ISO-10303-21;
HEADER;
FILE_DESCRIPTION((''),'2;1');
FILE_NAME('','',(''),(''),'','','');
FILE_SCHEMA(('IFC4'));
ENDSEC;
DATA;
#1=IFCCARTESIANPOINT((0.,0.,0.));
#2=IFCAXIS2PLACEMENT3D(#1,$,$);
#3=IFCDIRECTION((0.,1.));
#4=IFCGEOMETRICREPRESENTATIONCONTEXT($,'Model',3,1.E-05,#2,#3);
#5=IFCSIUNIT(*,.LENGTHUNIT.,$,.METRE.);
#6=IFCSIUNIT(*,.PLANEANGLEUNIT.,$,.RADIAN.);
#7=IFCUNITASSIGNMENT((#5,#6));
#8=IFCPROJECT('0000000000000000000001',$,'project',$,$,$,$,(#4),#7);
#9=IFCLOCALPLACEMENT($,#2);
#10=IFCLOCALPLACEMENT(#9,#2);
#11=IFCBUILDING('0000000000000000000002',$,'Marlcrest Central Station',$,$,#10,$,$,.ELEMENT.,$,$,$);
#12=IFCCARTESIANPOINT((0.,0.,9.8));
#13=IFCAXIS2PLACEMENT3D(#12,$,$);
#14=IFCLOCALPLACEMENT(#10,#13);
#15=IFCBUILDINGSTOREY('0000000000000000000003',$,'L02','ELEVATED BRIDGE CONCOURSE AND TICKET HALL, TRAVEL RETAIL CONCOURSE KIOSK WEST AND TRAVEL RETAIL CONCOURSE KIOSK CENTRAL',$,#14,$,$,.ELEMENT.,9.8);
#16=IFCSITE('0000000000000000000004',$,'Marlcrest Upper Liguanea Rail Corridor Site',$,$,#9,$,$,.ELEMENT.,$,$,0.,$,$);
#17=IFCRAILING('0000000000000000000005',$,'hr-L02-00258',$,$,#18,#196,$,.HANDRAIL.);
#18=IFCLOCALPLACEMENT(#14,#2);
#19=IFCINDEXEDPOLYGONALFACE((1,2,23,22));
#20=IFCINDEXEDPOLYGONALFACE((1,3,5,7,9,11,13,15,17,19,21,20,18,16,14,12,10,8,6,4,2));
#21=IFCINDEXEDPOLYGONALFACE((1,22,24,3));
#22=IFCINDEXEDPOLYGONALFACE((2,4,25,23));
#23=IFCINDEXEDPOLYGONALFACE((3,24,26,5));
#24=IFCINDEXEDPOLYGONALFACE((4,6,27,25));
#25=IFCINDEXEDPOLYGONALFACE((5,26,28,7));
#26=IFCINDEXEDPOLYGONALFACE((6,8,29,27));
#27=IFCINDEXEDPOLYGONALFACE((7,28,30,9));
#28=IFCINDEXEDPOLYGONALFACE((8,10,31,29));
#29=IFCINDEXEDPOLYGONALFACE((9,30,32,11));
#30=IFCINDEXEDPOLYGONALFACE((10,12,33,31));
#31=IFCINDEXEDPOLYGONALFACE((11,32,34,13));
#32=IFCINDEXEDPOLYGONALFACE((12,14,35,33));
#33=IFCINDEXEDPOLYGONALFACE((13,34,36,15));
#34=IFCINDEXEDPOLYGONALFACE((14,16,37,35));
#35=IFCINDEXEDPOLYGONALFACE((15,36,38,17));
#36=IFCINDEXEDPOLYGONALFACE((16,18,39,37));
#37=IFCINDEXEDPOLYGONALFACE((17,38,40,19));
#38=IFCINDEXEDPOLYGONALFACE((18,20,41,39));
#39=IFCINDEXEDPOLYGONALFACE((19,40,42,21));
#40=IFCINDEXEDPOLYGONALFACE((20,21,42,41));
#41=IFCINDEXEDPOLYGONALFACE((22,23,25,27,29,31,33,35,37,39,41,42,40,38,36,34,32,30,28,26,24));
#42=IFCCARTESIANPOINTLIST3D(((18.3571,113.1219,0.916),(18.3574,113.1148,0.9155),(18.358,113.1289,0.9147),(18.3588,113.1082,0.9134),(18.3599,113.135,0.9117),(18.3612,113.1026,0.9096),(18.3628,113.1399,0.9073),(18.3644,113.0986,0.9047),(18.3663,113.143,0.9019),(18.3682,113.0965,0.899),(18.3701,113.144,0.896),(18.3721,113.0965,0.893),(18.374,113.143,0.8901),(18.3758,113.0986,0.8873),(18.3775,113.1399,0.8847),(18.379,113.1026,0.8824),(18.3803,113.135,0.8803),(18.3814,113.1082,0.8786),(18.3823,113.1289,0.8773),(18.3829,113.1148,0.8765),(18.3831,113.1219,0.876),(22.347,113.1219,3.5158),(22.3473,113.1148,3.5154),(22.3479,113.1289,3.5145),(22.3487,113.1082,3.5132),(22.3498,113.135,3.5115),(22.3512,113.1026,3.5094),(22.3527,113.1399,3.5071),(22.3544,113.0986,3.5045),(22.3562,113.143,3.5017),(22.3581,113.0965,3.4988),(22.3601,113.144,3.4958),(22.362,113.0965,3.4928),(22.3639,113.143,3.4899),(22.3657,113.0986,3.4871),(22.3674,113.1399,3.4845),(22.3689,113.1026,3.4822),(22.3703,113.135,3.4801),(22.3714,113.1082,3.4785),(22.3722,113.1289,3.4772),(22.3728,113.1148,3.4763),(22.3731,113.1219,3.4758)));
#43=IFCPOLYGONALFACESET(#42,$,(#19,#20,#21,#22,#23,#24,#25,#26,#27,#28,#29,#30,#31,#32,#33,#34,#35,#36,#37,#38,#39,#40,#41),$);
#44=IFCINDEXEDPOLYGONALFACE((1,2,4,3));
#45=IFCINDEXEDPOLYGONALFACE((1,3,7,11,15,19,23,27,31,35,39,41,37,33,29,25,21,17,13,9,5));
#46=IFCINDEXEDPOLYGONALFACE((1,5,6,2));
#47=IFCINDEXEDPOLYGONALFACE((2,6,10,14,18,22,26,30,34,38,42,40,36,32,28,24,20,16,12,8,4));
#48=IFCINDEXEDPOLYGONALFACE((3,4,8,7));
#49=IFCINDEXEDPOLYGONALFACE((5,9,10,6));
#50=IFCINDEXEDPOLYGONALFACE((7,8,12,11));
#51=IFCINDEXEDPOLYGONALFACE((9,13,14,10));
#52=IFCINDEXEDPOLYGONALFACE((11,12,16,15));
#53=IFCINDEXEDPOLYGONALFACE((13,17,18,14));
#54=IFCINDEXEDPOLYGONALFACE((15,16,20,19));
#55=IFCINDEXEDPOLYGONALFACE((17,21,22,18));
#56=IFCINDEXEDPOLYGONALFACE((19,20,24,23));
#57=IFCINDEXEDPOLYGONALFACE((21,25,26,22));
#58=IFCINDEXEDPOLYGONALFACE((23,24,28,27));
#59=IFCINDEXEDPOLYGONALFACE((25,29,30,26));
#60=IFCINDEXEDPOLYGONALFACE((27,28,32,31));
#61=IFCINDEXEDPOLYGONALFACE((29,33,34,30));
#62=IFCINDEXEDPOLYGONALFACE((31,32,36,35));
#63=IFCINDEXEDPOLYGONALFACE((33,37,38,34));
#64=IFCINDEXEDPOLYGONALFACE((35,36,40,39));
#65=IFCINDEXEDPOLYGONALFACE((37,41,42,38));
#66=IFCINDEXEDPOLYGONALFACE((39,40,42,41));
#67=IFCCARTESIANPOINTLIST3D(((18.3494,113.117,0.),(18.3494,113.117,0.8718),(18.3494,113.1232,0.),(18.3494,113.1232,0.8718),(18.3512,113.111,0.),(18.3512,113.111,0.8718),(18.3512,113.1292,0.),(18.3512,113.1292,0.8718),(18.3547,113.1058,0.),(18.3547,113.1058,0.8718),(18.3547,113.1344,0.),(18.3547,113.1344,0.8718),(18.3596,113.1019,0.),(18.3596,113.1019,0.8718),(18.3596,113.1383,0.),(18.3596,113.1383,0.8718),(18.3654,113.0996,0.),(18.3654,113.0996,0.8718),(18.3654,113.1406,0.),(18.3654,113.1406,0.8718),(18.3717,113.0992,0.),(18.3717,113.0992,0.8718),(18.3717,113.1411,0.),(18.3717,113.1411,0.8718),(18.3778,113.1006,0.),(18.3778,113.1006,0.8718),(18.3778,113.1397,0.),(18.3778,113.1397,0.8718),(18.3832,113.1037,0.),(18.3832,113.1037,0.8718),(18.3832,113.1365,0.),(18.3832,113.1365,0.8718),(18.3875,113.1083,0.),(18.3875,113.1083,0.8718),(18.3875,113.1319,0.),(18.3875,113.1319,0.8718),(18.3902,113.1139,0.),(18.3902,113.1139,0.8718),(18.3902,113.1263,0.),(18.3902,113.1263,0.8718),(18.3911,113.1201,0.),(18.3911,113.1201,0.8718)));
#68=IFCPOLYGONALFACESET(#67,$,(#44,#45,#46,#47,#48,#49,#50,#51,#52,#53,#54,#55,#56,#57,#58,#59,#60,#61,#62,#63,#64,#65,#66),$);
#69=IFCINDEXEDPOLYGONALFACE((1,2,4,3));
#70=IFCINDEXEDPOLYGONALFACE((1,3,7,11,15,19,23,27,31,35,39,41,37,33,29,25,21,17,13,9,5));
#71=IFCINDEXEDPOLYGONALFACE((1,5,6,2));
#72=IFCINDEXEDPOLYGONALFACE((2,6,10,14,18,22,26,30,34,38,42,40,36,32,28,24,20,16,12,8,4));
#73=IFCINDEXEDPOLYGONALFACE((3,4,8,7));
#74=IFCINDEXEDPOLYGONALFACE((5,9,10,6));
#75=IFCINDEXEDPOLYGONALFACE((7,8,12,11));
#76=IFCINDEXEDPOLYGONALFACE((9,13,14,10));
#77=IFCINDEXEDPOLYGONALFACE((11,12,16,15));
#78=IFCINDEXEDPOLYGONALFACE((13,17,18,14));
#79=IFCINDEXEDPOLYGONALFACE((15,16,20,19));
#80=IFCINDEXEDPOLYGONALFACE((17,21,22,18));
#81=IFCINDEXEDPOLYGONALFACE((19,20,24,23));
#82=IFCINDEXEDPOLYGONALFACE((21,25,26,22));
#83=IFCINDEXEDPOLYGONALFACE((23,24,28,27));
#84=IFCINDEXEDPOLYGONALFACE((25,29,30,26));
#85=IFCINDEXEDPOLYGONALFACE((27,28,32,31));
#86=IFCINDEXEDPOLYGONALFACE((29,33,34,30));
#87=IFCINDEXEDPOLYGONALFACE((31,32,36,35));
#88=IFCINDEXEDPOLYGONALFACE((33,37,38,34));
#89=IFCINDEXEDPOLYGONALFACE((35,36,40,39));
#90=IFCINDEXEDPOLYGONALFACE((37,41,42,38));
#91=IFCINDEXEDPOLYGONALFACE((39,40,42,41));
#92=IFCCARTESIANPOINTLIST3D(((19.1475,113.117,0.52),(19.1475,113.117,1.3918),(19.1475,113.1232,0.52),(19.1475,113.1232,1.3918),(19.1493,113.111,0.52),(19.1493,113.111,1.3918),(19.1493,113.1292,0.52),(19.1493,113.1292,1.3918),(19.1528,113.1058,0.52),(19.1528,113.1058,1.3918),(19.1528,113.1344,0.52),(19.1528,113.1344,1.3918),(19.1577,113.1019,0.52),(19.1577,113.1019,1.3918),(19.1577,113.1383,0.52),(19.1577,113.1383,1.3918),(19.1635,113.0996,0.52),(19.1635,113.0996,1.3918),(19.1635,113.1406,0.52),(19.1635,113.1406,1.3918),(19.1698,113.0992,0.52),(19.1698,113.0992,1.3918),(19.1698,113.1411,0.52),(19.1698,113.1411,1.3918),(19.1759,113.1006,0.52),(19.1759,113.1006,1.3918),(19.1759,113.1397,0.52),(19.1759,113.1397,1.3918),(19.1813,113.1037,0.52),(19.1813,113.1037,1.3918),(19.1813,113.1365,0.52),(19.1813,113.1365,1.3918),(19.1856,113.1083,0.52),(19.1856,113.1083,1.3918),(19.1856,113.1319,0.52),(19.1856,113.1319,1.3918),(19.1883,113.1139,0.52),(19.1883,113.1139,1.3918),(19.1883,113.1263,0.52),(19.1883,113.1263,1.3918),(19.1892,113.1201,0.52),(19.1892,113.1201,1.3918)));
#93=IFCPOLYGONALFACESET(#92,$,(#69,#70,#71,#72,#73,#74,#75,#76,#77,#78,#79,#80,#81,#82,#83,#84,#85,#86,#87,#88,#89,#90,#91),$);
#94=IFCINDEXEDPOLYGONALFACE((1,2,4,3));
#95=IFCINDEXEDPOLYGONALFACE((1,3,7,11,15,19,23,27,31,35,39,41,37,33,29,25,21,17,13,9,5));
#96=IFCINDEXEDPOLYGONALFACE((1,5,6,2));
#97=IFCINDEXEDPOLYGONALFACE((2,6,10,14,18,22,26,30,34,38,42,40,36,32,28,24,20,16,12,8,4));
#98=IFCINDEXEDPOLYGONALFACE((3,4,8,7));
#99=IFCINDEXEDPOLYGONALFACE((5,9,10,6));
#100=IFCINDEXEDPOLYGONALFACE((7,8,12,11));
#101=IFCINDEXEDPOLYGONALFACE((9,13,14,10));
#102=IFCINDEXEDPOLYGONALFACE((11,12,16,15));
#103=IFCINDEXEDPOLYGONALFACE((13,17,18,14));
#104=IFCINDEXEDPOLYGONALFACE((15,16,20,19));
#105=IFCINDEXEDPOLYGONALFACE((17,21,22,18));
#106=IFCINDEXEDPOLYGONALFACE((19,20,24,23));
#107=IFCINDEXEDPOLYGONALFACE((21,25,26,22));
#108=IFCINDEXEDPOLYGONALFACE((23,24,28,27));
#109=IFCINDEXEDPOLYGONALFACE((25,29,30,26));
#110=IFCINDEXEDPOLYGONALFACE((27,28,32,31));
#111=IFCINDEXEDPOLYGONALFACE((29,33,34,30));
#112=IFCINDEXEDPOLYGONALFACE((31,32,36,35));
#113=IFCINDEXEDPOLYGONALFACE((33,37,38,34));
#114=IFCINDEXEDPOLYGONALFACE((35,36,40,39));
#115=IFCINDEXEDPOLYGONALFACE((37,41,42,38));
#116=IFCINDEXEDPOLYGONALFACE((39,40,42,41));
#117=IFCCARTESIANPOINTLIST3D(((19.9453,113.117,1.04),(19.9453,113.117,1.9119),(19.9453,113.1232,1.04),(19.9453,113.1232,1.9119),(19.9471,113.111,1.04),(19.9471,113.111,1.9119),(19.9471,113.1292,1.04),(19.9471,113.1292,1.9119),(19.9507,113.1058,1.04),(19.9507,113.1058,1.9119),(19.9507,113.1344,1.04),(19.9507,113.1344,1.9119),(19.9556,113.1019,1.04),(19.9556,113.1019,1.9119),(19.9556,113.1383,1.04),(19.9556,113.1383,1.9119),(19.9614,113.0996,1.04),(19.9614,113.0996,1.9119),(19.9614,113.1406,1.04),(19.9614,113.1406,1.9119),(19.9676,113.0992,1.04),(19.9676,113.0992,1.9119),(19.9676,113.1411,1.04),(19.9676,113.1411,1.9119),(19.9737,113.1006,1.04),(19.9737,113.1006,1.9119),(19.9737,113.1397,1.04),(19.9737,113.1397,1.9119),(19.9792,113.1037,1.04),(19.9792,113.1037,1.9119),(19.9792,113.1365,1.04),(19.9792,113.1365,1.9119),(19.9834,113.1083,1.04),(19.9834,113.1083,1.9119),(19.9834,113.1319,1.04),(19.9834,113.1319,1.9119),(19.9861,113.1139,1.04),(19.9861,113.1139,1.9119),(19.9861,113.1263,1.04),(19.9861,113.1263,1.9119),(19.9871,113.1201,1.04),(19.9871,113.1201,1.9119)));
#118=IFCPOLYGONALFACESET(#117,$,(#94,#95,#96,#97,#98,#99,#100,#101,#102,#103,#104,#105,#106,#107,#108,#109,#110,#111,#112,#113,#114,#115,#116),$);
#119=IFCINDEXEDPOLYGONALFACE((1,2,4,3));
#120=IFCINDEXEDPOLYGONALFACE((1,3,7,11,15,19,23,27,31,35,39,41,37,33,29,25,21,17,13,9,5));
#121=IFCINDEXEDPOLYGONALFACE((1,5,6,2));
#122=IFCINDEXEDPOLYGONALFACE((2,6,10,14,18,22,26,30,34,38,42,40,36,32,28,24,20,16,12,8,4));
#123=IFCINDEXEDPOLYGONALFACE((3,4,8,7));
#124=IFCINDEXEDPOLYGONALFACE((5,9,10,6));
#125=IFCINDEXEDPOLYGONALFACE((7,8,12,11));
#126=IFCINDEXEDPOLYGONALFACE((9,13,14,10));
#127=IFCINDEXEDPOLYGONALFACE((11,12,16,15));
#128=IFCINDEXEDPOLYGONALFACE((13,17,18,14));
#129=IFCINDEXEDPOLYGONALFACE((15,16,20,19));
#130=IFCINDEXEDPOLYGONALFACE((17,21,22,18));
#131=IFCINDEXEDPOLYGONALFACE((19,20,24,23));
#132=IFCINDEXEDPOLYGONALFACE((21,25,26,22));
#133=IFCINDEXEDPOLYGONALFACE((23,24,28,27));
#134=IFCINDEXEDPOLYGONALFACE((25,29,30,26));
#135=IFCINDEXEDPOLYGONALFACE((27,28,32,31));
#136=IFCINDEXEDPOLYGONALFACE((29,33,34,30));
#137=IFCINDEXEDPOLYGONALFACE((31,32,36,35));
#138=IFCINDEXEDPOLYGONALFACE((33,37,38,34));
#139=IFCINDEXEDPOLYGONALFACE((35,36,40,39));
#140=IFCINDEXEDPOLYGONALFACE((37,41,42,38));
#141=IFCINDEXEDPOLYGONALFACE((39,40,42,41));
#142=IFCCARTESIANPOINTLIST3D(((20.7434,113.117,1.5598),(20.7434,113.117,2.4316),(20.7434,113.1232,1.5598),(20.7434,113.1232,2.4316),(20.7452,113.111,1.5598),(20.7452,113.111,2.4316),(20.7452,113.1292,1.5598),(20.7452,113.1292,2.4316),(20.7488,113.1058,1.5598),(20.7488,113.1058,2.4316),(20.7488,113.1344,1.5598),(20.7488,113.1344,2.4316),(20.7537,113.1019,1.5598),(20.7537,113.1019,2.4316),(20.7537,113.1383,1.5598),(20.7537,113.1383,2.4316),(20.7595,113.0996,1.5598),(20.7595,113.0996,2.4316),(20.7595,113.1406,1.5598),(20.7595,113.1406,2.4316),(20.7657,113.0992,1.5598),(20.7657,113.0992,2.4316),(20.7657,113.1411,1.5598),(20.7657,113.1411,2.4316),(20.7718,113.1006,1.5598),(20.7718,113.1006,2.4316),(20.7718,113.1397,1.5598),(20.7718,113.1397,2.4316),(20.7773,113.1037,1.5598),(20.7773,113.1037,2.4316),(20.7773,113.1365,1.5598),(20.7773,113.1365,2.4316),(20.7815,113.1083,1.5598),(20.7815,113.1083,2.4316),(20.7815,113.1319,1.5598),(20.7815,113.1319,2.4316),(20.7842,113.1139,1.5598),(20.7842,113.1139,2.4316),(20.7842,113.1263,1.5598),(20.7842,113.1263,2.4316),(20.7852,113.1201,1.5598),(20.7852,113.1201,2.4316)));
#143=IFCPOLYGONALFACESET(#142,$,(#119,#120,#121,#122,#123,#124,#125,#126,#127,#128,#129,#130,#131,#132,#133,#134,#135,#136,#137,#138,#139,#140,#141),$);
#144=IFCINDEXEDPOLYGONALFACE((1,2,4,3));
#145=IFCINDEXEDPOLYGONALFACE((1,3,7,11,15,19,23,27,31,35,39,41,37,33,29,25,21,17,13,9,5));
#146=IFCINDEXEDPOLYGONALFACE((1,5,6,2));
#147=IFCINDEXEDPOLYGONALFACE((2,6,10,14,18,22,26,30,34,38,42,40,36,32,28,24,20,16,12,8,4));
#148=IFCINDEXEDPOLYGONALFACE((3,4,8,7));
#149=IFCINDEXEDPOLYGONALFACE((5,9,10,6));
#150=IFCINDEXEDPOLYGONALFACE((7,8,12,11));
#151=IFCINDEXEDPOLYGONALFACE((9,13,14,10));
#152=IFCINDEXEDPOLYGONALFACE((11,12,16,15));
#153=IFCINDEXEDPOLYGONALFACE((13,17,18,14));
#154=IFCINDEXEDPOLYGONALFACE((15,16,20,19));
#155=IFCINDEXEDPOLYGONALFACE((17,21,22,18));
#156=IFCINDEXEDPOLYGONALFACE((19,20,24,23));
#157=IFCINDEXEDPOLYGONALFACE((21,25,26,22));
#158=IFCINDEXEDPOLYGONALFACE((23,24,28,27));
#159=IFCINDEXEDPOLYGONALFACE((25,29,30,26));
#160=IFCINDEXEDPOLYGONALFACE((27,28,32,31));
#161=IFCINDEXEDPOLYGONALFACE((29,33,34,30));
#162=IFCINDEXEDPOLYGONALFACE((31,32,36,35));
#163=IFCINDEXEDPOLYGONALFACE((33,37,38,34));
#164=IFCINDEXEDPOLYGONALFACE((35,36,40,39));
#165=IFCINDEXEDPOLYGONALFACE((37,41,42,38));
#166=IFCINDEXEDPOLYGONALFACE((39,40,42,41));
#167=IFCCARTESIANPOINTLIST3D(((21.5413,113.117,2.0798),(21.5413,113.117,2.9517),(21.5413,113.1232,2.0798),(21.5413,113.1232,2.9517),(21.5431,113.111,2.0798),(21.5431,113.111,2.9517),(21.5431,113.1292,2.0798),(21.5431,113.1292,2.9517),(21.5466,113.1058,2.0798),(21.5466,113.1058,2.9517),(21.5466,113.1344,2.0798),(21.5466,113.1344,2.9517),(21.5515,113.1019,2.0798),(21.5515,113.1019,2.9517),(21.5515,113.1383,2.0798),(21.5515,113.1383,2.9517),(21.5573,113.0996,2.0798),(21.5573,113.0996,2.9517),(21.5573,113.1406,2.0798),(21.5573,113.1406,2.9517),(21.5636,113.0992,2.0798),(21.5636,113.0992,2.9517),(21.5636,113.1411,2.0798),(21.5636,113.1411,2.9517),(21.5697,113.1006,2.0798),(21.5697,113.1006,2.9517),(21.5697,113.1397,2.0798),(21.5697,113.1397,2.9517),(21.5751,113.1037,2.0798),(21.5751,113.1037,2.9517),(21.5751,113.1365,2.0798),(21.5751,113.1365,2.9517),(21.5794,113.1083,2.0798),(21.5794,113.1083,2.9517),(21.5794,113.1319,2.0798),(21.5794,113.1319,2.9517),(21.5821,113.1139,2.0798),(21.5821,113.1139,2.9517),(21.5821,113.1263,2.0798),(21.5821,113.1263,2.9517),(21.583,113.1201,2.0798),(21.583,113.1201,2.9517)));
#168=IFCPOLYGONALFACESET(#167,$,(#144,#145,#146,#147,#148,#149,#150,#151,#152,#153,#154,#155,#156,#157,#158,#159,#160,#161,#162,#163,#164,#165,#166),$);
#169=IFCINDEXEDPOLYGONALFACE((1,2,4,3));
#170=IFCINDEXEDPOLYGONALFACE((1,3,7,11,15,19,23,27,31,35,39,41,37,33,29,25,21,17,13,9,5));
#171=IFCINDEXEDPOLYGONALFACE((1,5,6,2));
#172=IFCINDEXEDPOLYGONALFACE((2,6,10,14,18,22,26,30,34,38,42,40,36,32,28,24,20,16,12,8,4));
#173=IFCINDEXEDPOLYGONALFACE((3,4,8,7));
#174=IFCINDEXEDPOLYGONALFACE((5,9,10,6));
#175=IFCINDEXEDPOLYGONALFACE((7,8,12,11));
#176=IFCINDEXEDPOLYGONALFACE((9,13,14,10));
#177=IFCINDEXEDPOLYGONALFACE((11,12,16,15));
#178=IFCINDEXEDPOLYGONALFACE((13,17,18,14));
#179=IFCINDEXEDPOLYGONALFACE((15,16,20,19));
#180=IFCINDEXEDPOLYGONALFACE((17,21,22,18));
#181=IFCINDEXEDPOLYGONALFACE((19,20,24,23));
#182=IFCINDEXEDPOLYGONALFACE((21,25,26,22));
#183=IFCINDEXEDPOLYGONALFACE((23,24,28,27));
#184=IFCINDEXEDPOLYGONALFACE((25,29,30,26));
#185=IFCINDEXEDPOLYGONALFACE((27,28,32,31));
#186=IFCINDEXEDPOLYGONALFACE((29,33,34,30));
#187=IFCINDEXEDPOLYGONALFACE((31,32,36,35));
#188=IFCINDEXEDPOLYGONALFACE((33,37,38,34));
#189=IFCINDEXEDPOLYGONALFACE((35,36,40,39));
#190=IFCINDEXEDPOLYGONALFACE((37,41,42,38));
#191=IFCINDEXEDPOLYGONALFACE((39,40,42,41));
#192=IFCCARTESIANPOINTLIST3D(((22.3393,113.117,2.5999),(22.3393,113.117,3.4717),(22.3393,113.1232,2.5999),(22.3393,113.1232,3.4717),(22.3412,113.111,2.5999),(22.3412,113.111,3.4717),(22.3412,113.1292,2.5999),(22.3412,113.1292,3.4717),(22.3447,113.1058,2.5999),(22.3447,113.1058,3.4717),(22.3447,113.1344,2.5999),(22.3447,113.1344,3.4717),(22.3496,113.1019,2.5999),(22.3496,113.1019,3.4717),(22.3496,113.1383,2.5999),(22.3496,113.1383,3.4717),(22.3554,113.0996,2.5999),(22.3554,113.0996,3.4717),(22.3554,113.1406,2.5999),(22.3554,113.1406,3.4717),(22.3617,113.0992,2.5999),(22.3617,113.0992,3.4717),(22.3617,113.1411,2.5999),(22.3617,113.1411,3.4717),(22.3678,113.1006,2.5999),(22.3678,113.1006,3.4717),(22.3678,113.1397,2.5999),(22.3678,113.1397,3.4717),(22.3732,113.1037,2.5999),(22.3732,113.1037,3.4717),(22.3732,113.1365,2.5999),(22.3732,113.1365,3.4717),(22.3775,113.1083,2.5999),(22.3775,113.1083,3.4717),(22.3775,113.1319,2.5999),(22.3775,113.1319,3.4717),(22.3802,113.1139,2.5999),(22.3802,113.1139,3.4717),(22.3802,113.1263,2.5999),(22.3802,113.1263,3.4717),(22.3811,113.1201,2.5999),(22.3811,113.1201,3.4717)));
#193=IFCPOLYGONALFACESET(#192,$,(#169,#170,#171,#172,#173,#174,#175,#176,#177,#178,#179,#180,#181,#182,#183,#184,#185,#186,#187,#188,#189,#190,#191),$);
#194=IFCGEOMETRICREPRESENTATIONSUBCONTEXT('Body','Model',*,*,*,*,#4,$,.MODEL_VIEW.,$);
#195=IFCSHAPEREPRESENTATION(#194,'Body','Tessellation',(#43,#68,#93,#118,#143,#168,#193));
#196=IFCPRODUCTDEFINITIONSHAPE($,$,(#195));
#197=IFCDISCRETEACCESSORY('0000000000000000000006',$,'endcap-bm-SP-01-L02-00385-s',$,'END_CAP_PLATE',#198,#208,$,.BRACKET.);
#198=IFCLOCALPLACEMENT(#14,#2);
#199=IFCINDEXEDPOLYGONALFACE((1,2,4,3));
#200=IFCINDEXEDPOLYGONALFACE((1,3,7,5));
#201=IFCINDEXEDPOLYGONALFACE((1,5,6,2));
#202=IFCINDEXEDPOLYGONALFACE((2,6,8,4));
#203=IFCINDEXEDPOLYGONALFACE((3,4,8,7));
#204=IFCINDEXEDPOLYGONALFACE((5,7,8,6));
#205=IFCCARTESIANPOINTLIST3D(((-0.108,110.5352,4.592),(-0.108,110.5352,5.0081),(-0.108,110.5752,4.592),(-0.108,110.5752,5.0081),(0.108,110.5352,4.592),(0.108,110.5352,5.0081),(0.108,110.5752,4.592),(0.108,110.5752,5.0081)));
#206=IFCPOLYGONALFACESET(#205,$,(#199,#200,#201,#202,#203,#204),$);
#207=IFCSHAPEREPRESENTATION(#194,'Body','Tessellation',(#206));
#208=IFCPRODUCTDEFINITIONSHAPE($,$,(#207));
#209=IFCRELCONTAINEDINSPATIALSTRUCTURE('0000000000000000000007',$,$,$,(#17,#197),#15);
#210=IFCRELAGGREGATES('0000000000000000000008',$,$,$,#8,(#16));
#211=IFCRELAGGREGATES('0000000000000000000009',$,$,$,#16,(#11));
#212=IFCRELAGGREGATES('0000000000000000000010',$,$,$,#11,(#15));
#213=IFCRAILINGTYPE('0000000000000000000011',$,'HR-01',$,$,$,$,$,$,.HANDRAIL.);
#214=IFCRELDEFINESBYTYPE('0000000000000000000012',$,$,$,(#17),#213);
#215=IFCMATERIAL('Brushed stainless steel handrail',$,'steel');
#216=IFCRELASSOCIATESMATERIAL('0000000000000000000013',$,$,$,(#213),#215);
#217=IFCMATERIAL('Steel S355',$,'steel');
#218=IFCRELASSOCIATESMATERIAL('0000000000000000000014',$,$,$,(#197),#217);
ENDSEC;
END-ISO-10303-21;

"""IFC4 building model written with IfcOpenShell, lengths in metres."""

from ifc_helpers import new_model, si_unit, direction, frame, origin, origin_2d, place, context, subcontext, project, spatial, rectangle, circle, extrude, material, type_object, element, save


model = new_model("IFC4")

# Units and contexts
model_context = context("Model", 3, precision=1e-05, world=origin(), true_north=direction((0.0, 1.0)))
body_context = subcontext(model_context, "Body", "Model", "MODEL_VIEW")
ifc_project = project(units=[si_unit("LENGTHUNIT", "METRE"), si_unit("PLANEANGLEUNIT", "RADIAN")], contexts=[model_context])

# Site, building, storey
site_placement = place(None, origin())
site = spatial("IfcSite", under=ifc_project, at=site_placement, Name="Marlcrest Upper Liguanea Rail Corridor Site", CompositionType="ELEMENT", RefElevation=0.0)
building_placement = place(site_placement, origin())
building = spatial("IfcBuilding", under=site, at=building_placement, Name="Marlcrest Central Station", CompositionType="ELEMENT")
storey_placement = place(building_placement, frame((0.0, 0.0, 9.8)))
storey = spatial("IfcBuildingStorey", under=building, at=storey_placement, Name="L02", Description="ELEVATED BRIDGE CONCOURSE AND TICKET HALL, TRAVEL RETAIL CONCOURSE KIOSK WEST AND TRAVEL RETAIL CONCOURSE KIOSK CENTRAL", CompositionType="ELEMENT", Elevation=9.8)

# Shared definitions
ifc_material_1 = material(Name="Steel S355", Category="steel")

# Railing
ifc_material_2 = material(Name="Brushed stainless steel handrail", Category="steel")
railing_type = type_object("IfcRailingType", Name="HR-01", PredefinedType="HANDRAIL", material=ifc_material_2)
for number, where, name in (
    (1, (18.3701, 113.1201, 0.0), "hr-L02-00258"),
):
    element("IfcRailing", number, at=place(storey_placement, frame(where)), inside=storey, type_object=railing_type, Name=name, PredefinedType="HANDRAIL", context=body_context, shape_type="SweptSolid", body=[
        extrude(circle(Radius=0.0239, at=origin_2d()), frame((0.0, 0.0, 0.896), z_axis=(0.837833, 0.0, 0.545927), x_axis=(0.0, 1.0, 0.0)), (0.0, 0.0, 1.0), 4.7622),
        extrude(circle(Radius=0.021, at=origin_2d()), origin(), (0.0, 0.0, 1.0), 0.8718),
        extrude(circle(Radius=0.021, at=origin_2d()), frame((0.7981, 0.0, 0.52)), (0.0, 0.0, 1.0), 0.8718),
        extrude(circle(Radius=0.021, at=origin_2d()), frame((1.5959, 0.0, 1.04)), (0.0, 0.0, 1.0), 0.8718),
        extrude(circle(Radius=0.021, at=origin_2d()), frame((2.394, 0.0, 1.5598)), (0.0, 0.0, 1.0), 0.8718),
        extrude(circle(Radius=0.021, at=origin_2d()), frame((3.1919, 0.0, 2.0798)), (0.0, 0.0, 1.0), 0.8718),
        extrude(circle(Radius=0.021, at=origin_2d()), frame((3.99, 0.0, 2.5999)), (0.0, 0.0, 1.0), 0.8718),
    ])

# Discrete accessory
discrete_accessory_placement = place(storey_placement, frame((0.0, 110.5352, 4.8), z_axis=(0.0, 1.0, 0.0), x_axis=(-1.0, 0.0, 0.0)))
element("IfcDiscreteAccessory", 2, at=discrete_accessory_placement, inside=storey, material=ifc_material_1, Name="endcap-bm-SP-01-L02-00385-s", ObjectType="END_CAP_PLATE", PredefinedType="BRACKET", context=body_context, shape_type="SweptSolid", body=[
    extrude(rectangle(XDim=0.2161, YDim=0.416, at=origin_2d()), origin(), (0.0, 0.0, 1.0), 0.04),
])

save(model, "model.ifc")
